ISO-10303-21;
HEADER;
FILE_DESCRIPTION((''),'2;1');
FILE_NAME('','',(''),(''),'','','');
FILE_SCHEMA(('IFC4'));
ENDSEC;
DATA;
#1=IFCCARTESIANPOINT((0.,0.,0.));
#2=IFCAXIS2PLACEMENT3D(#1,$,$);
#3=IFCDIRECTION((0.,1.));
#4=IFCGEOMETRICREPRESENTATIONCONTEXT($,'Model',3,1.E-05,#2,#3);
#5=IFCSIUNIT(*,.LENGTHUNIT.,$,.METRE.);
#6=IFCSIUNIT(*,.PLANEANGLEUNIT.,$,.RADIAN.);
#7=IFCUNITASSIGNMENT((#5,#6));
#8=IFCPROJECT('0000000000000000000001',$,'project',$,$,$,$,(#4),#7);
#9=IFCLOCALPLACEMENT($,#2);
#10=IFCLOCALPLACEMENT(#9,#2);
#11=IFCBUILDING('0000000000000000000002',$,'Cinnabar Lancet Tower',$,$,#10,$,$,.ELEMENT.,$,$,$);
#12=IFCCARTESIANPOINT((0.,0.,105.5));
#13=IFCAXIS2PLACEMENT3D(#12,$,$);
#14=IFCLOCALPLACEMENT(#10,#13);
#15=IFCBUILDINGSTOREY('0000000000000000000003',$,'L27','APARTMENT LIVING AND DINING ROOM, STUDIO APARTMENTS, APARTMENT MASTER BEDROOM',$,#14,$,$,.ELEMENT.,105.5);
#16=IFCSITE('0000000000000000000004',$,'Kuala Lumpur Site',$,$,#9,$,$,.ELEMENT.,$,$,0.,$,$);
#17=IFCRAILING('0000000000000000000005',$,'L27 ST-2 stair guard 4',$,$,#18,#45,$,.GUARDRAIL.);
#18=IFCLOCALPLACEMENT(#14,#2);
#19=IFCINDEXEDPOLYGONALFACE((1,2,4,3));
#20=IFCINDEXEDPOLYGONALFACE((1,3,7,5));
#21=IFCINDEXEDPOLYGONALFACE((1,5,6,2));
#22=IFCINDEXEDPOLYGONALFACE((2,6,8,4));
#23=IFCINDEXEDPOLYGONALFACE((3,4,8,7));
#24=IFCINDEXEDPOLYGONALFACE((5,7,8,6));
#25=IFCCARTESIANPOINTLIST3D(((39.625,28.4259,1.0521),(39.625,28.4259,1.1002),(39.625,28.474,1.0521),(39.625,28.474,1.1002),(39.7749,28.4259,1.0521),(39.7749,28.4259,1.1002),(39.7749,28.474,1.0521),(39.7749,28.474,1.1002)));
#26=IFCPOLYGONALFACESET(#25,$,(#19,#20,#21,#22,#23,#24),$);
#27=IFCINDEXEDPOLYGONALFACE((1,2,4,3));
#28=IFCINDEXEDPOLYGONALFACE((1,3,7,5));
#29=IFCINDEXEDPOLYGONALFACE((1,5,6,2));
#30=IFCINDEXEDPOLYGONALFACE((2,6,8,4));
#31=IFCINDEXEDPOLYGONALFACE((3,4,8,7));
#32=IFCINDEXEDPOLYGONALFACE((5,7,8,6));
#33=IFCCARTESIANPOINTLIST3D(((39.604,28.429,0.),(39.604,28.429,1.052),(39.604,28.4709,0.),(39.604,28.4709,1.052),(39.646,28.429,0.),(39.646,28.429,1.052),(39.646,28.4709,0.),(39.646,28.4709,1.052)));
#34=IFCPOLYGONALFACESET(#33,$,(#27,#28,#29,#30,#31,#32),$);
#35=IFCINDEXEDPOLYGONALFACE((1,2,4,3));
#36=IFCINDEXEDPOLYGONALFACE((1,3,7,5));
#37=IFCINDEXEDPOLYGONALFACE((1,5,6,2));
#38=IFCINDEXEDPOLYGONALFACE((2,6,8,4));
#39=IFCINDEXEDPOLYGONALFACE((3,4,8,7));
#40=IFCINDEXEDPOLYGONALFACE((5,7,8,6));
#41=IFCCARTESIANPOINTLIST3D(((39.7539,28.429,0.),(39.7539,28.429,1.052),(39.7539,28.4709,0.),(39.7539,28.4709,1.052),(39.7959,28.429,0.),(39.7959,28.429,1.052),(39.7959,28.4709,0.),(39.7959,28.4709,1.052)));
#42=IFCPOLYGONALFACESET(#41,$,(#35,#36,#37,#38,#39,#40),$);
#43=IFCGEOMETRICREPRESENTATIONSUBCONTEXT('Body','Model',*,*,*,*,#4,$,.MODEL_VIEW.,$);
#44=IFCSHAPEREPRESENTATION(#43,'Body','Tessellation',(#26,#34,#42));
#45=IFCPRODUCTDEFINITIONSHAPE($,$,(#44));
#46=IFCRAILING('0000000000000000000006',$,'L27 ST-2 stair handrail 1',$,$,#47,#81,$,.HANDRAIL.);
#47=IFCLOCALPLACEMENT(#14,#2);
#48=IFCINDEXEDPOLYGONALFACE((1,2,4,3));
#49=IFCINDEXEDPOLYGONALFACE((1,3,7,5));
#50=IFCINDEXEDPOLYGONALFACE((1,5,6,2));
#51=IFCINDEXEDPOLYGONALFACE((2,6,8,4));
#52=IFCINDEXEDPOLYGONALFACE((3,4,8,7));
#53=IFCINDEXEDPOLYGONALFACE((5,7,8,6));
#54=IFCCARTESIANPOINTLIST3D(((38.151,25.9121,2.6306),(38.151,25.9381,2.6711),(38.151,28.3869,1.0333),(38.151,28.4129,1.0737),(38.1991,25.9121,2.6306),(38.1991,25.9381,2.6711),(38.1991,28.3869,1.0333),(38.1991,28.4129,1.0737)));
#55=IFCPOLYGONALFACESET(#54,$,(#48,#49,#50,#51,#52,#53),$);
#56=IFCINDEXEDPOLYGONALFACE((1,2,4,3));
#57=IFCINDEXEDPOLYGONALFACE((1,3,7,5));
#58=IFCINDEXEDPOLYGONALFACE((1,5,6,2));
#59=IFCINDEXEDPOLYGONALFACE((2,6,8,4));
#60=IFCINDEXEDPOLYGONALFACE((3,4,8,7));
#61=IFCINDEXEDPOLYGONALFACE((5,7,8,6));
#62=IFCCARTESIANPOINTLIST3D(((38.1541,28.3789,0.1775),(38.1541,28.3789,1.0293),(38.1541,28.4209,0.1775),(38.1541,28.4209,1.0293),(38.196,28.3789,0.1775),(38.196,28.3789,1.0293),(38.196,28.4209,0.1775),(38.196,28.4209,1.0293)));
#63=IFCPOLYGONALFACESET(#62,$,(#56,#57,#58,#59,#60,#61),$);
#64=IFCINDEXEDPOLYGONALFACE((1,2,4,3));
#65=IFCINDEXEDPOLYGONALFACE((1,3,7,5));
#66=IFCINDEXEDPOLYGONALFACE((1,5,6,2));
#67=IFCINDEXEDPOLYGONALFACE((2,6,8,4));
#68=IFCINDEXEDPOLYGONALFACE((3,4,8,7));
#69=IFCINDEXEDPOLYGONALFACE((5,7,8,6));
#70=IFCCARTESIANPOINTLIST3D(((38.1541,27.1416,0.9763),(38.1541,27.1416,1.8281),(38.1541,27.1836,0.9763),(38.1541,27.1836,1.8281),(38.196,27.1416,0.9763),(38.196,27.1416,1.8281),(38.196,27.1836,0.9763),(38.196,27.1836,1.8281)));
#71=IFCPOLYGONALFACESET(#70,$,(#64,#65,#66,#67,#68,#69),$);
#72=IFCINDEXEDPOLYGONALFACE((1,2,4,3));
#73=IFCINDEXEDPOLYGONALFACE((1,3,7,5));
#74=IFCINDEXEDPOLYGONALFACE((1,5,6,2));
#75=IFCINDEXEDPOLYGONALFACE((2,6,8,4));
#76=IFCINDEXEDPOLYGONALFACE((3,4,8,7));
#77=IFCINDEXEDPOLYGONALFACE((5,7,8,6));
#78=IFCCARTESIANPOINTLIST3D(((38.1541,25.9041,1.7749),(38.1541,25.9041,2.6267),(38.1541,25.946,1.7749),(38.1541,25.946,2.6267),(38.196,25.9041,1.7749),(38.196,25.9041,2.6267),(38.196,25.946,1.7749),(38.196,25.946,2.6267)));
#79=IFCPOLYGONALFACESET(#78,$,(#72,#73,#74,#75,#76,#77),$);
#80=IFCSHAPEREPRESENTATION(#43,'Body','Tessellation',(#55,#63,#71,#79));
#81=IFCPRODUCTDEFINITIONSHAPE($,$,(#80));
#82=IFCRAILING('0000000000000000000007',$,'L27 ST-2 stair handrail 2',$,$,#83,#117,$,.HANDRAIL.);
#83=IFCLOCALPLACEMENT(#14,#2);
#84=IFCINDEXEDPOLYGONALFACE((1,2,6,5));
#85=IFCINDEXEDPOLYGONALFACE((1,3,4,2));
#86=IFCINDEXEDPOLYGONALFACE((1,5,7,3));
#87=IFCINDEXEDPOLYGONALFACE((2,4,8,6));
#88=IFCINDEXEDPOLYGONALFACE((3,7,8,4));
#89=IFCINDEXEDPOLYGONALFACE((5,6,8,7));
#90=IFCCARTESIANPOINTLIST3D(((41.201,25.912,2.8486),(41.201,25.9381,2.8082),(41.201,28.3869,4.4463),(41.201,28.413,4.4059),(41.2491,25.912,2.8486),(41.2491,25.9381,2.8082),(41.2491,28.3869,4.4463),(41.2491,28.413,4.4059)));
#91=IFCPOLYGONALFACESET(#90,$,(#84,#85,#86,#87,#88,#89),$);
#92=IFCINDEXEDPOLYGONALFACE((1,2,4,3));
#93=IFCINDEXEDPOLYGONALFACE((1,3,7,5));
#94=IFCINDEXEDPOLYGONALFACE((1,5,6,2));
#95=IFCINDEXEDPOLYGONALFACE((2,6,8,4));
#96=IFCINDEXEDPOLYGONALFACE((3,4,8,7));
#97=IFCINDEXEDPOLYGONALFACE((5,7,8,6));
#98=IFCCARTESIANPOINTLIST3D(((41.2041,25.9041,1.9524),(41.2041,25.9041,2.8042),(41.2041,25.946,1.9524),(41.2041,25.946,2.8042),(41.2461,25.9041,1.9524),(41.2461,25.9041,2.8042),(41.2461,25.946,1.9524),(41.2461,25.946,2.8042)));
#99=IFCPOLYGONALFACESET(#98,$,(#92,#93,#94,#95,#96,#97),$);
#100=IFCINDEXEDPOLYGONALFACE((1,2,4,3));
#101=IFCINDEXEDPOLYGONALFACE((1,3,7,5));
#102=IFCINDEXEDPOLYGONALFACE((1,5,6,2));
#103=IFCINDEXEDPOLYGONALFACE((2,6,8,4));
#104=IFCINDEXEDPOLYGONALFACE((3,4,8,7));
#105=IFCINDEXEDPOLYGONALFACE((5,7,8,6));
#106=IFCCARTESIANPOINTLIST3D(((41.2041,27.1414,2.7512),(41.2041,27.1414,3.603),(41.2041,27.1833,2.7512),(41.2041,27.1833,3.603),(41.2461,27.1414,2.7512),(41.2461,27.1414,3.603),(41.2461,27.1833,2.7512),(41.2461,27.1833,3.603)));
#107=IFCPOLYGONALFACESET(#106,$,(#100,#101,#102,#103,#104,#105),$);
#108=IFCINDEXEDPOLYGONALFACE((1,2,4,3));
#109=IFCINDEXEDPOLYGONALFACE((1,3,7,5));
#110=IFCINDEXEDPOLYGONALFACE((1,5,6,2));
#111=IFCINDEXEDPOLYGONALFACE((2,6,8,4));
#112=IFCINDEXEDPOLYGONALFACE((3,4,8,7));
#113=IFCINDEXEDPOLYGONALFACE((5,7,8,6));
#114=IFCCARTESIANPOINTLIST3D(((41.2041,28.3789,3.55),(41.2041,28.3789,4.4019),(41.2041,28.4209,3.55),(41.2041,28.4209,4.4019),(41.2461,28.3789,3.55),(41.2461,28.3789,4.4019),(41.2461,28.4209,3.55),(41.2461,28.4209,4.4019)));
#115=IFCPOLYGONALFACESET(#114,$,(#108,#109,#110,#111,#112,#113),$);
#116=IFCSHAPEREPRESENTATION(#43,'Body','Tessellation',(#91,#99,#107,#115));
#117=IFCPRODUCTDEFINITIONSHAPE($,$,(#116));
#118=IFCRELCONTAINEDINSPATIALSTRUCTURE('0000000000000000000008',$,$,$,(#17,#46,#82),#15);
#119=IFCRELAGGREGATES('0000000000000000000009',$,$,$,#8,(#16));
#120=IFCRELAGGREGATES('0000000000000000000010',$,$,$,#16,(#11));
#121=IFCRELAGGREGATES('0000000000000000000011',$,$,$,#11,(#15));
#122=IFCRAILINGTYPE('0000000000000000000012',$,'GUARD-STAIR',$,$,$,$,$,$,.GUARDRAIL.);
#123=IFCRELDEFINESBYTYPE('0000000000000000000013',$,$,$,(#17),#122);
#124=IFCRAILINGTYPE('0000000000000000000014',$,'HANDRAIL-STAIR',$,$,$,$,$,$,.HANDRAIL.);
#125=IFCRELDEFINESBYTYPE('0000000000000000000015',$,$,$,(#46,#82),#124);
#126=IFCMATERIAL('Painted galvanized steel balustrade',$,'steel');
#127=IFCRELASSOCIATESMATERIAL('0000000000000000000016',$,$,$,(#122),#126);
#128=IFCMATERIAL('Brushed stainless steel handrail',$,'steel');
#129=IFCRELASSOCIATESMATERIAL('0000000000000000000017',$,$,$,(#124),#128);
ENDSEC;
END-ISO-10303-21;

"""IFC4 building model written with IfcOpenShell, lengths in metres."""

from ifc_helpers import new_model, si_unit, direction, frame, origin, origin_2d, place, context, subcontext, project, spatial, rectangle, extrude, material, type_object, element, save


model = new_model("IFC4")

# Units and contexts
model_context = context("Model", 3, precision=1e-05, world=origin(), true_north=direction((0.0, 1.0)))
body_context = subcontext(model_context, "Body", "Model", "MODEL_VIEW")
ifc_project = project(units=[si_unit("LENGTHUNIT", "METRE"), si_unit("PLANEANGLEUNIT", "RADIAN")], contexts=[model_context])

# Site, building, storey
site_placement = place(None, origin())
site = spatial("IfcSite", under=ifc_project, at=site_placement, Name="Kuala Lumpur Site", CompositionType="ELEMENT", RefElevation=0.0)
building_placement = place(site_placement, origin())
building = spatial("IfcBuilding", under=site, at=building_placement, Name="Cinnabar Lancet Tower", CompositionType="ELEMENT")
storey_placement = place(building_placement, frame((0.0, 0.0, 105.5)))
storey = spatial("IfcBuildingStorey", under=building, at=storey_placement, Name="L27", Description="APARTMENT LIVING AND DINING ROOM, STUDIO APARTMENTS, APARTMENT MASTER BEDROOM", CompositionType="ELEMENT", Elevation=105.5)

# Railings
ifc_material_1 = material(Name="Painted galvanized steel balustrade", Category="steel")
railing_type_1 = type_object("IfcRailingType", Name="GUARD-STAIR", PredefinedType="GUARDRAIL", material=ifc_material_1)
railing_1_placement = place(storey_placement, frame((39.625, 28.45, 0.0)))
element("IfcRailing", 1, at=railing_1_placement, inside=storey, type_object=railing_type_1, Name="L27 ST-2 stair guard 4", PredefinedType="GUARDRAIL", context=body_context, shape_type="SweptSolid", body=[
    extrude(rectangle(XDim=0.0481, YDim=0.0481, at=origin_2d()), frame((0.0, 0.0, 1.0762), z_axis=(1.0, 0.0, 0.0), x_axis=(0.0, 1.0, 0.0)), (0.0, 0.0, 1.0), 0.1499),
    extrude(rectangle(XDim=0.042, YDim=0.042, at=origin_2d()), origin(), (0.0, 0.0, 1.0), 1.052),
    extrude(rectangle(XDim=0.042, YDim=0.042, at=origin_2d()), frame((0.1499, 0.0, 0.0)), (0.0, 0.0, 1.0), 1.052),
])
ifc_material_2 = material(Name="Brushed stainless steel handrail", Category="steel")
railing_type_2 = type_object("IfcRailingType", Name="HANDRAIL-STAIR", PredefinedType="HANDRAIL", material=ifc_material_2)
railing_2_placement = place(storey_placement, frame((38.175, 28.3999, 0.1775)))
element("IfcRailing", 2, at=railing_2_placement, inside=storey, type_object=railing_type_2, Name="L27 ST-2 stair handrail 1", PredefinedType="HANDRAIL", context=body_context, shape_type="SweptSolid", body=[
    extrude(rectangle(XDim=0.0481, YDim=0.0481, at=origin_2d()), frame((0.0, 0.0, 0.876), z_axis=(0.0, -0.840183, 0.542302), x_axis=(1.0, 0.0, 0.0)), (0.0, 0.0, 1.0), 2.9456),
    extrude(rectangle(XDim=0.042, YDim=0.042, at=origin_2d()), origin(), (0.0, 0.0, 1.0), 0.8518),
    extrude(rectangle(XDim=0.042, YDim=0.042, at=origin_2d()), frame((0.0, -1.2373, 0.7988)), (0.0, 0.0, 1.0), 0.8518),
    extrude(rectangle(XDim=0.042, YDim=0.042, at=origin_2d()), frame((0.0, -2.4749, 1.5974)), (0.0, 0.0, 1.0), 0.8518),
])
railing_3_placement = place(storey_placement, frame((41.2251, 25.925, 1.9524)))
element("IfcRailing", 3, at=railing_3_placement, inside=storey, type_object=railing_type_2, Name="L27 ST-2 stair handrail 2", PredefinedType="HANDRAIL", context=body_context, shape_type="SweptSolid", body=[
    extrude(rectangle(XDim=0.0481, YDim=0.0481, at=origin_2d()), frame((0.0, 0.0, 0.876), z_axis=(0.0, 0.840146, 0.542361), x_axis=(-1.0, 0.0, 0.0)), (0.0, 0.0, 1.0), 2.9458),
    extrude(rectangle(XDim=0.042, YDim=0.042, at=origin_2d()), origin(), (0.0, 0.0, 1.0), 0.8518),
    extrude(rectangle(XDim=0.042, YDim=0.042, at=origin_2d()), frame((0.0, 1.2373, 0.7988)), (0.0, 0.0, 1.0), 0.8518),
    extrude(rectangle(XDim=0.042, YDim=0.042, at=origin_2d()), frame((0.0, 2.4749, 1.5977)), (0.0, 0.0, 1.0), 0.8518),
])

save(model, "model.ifc")
